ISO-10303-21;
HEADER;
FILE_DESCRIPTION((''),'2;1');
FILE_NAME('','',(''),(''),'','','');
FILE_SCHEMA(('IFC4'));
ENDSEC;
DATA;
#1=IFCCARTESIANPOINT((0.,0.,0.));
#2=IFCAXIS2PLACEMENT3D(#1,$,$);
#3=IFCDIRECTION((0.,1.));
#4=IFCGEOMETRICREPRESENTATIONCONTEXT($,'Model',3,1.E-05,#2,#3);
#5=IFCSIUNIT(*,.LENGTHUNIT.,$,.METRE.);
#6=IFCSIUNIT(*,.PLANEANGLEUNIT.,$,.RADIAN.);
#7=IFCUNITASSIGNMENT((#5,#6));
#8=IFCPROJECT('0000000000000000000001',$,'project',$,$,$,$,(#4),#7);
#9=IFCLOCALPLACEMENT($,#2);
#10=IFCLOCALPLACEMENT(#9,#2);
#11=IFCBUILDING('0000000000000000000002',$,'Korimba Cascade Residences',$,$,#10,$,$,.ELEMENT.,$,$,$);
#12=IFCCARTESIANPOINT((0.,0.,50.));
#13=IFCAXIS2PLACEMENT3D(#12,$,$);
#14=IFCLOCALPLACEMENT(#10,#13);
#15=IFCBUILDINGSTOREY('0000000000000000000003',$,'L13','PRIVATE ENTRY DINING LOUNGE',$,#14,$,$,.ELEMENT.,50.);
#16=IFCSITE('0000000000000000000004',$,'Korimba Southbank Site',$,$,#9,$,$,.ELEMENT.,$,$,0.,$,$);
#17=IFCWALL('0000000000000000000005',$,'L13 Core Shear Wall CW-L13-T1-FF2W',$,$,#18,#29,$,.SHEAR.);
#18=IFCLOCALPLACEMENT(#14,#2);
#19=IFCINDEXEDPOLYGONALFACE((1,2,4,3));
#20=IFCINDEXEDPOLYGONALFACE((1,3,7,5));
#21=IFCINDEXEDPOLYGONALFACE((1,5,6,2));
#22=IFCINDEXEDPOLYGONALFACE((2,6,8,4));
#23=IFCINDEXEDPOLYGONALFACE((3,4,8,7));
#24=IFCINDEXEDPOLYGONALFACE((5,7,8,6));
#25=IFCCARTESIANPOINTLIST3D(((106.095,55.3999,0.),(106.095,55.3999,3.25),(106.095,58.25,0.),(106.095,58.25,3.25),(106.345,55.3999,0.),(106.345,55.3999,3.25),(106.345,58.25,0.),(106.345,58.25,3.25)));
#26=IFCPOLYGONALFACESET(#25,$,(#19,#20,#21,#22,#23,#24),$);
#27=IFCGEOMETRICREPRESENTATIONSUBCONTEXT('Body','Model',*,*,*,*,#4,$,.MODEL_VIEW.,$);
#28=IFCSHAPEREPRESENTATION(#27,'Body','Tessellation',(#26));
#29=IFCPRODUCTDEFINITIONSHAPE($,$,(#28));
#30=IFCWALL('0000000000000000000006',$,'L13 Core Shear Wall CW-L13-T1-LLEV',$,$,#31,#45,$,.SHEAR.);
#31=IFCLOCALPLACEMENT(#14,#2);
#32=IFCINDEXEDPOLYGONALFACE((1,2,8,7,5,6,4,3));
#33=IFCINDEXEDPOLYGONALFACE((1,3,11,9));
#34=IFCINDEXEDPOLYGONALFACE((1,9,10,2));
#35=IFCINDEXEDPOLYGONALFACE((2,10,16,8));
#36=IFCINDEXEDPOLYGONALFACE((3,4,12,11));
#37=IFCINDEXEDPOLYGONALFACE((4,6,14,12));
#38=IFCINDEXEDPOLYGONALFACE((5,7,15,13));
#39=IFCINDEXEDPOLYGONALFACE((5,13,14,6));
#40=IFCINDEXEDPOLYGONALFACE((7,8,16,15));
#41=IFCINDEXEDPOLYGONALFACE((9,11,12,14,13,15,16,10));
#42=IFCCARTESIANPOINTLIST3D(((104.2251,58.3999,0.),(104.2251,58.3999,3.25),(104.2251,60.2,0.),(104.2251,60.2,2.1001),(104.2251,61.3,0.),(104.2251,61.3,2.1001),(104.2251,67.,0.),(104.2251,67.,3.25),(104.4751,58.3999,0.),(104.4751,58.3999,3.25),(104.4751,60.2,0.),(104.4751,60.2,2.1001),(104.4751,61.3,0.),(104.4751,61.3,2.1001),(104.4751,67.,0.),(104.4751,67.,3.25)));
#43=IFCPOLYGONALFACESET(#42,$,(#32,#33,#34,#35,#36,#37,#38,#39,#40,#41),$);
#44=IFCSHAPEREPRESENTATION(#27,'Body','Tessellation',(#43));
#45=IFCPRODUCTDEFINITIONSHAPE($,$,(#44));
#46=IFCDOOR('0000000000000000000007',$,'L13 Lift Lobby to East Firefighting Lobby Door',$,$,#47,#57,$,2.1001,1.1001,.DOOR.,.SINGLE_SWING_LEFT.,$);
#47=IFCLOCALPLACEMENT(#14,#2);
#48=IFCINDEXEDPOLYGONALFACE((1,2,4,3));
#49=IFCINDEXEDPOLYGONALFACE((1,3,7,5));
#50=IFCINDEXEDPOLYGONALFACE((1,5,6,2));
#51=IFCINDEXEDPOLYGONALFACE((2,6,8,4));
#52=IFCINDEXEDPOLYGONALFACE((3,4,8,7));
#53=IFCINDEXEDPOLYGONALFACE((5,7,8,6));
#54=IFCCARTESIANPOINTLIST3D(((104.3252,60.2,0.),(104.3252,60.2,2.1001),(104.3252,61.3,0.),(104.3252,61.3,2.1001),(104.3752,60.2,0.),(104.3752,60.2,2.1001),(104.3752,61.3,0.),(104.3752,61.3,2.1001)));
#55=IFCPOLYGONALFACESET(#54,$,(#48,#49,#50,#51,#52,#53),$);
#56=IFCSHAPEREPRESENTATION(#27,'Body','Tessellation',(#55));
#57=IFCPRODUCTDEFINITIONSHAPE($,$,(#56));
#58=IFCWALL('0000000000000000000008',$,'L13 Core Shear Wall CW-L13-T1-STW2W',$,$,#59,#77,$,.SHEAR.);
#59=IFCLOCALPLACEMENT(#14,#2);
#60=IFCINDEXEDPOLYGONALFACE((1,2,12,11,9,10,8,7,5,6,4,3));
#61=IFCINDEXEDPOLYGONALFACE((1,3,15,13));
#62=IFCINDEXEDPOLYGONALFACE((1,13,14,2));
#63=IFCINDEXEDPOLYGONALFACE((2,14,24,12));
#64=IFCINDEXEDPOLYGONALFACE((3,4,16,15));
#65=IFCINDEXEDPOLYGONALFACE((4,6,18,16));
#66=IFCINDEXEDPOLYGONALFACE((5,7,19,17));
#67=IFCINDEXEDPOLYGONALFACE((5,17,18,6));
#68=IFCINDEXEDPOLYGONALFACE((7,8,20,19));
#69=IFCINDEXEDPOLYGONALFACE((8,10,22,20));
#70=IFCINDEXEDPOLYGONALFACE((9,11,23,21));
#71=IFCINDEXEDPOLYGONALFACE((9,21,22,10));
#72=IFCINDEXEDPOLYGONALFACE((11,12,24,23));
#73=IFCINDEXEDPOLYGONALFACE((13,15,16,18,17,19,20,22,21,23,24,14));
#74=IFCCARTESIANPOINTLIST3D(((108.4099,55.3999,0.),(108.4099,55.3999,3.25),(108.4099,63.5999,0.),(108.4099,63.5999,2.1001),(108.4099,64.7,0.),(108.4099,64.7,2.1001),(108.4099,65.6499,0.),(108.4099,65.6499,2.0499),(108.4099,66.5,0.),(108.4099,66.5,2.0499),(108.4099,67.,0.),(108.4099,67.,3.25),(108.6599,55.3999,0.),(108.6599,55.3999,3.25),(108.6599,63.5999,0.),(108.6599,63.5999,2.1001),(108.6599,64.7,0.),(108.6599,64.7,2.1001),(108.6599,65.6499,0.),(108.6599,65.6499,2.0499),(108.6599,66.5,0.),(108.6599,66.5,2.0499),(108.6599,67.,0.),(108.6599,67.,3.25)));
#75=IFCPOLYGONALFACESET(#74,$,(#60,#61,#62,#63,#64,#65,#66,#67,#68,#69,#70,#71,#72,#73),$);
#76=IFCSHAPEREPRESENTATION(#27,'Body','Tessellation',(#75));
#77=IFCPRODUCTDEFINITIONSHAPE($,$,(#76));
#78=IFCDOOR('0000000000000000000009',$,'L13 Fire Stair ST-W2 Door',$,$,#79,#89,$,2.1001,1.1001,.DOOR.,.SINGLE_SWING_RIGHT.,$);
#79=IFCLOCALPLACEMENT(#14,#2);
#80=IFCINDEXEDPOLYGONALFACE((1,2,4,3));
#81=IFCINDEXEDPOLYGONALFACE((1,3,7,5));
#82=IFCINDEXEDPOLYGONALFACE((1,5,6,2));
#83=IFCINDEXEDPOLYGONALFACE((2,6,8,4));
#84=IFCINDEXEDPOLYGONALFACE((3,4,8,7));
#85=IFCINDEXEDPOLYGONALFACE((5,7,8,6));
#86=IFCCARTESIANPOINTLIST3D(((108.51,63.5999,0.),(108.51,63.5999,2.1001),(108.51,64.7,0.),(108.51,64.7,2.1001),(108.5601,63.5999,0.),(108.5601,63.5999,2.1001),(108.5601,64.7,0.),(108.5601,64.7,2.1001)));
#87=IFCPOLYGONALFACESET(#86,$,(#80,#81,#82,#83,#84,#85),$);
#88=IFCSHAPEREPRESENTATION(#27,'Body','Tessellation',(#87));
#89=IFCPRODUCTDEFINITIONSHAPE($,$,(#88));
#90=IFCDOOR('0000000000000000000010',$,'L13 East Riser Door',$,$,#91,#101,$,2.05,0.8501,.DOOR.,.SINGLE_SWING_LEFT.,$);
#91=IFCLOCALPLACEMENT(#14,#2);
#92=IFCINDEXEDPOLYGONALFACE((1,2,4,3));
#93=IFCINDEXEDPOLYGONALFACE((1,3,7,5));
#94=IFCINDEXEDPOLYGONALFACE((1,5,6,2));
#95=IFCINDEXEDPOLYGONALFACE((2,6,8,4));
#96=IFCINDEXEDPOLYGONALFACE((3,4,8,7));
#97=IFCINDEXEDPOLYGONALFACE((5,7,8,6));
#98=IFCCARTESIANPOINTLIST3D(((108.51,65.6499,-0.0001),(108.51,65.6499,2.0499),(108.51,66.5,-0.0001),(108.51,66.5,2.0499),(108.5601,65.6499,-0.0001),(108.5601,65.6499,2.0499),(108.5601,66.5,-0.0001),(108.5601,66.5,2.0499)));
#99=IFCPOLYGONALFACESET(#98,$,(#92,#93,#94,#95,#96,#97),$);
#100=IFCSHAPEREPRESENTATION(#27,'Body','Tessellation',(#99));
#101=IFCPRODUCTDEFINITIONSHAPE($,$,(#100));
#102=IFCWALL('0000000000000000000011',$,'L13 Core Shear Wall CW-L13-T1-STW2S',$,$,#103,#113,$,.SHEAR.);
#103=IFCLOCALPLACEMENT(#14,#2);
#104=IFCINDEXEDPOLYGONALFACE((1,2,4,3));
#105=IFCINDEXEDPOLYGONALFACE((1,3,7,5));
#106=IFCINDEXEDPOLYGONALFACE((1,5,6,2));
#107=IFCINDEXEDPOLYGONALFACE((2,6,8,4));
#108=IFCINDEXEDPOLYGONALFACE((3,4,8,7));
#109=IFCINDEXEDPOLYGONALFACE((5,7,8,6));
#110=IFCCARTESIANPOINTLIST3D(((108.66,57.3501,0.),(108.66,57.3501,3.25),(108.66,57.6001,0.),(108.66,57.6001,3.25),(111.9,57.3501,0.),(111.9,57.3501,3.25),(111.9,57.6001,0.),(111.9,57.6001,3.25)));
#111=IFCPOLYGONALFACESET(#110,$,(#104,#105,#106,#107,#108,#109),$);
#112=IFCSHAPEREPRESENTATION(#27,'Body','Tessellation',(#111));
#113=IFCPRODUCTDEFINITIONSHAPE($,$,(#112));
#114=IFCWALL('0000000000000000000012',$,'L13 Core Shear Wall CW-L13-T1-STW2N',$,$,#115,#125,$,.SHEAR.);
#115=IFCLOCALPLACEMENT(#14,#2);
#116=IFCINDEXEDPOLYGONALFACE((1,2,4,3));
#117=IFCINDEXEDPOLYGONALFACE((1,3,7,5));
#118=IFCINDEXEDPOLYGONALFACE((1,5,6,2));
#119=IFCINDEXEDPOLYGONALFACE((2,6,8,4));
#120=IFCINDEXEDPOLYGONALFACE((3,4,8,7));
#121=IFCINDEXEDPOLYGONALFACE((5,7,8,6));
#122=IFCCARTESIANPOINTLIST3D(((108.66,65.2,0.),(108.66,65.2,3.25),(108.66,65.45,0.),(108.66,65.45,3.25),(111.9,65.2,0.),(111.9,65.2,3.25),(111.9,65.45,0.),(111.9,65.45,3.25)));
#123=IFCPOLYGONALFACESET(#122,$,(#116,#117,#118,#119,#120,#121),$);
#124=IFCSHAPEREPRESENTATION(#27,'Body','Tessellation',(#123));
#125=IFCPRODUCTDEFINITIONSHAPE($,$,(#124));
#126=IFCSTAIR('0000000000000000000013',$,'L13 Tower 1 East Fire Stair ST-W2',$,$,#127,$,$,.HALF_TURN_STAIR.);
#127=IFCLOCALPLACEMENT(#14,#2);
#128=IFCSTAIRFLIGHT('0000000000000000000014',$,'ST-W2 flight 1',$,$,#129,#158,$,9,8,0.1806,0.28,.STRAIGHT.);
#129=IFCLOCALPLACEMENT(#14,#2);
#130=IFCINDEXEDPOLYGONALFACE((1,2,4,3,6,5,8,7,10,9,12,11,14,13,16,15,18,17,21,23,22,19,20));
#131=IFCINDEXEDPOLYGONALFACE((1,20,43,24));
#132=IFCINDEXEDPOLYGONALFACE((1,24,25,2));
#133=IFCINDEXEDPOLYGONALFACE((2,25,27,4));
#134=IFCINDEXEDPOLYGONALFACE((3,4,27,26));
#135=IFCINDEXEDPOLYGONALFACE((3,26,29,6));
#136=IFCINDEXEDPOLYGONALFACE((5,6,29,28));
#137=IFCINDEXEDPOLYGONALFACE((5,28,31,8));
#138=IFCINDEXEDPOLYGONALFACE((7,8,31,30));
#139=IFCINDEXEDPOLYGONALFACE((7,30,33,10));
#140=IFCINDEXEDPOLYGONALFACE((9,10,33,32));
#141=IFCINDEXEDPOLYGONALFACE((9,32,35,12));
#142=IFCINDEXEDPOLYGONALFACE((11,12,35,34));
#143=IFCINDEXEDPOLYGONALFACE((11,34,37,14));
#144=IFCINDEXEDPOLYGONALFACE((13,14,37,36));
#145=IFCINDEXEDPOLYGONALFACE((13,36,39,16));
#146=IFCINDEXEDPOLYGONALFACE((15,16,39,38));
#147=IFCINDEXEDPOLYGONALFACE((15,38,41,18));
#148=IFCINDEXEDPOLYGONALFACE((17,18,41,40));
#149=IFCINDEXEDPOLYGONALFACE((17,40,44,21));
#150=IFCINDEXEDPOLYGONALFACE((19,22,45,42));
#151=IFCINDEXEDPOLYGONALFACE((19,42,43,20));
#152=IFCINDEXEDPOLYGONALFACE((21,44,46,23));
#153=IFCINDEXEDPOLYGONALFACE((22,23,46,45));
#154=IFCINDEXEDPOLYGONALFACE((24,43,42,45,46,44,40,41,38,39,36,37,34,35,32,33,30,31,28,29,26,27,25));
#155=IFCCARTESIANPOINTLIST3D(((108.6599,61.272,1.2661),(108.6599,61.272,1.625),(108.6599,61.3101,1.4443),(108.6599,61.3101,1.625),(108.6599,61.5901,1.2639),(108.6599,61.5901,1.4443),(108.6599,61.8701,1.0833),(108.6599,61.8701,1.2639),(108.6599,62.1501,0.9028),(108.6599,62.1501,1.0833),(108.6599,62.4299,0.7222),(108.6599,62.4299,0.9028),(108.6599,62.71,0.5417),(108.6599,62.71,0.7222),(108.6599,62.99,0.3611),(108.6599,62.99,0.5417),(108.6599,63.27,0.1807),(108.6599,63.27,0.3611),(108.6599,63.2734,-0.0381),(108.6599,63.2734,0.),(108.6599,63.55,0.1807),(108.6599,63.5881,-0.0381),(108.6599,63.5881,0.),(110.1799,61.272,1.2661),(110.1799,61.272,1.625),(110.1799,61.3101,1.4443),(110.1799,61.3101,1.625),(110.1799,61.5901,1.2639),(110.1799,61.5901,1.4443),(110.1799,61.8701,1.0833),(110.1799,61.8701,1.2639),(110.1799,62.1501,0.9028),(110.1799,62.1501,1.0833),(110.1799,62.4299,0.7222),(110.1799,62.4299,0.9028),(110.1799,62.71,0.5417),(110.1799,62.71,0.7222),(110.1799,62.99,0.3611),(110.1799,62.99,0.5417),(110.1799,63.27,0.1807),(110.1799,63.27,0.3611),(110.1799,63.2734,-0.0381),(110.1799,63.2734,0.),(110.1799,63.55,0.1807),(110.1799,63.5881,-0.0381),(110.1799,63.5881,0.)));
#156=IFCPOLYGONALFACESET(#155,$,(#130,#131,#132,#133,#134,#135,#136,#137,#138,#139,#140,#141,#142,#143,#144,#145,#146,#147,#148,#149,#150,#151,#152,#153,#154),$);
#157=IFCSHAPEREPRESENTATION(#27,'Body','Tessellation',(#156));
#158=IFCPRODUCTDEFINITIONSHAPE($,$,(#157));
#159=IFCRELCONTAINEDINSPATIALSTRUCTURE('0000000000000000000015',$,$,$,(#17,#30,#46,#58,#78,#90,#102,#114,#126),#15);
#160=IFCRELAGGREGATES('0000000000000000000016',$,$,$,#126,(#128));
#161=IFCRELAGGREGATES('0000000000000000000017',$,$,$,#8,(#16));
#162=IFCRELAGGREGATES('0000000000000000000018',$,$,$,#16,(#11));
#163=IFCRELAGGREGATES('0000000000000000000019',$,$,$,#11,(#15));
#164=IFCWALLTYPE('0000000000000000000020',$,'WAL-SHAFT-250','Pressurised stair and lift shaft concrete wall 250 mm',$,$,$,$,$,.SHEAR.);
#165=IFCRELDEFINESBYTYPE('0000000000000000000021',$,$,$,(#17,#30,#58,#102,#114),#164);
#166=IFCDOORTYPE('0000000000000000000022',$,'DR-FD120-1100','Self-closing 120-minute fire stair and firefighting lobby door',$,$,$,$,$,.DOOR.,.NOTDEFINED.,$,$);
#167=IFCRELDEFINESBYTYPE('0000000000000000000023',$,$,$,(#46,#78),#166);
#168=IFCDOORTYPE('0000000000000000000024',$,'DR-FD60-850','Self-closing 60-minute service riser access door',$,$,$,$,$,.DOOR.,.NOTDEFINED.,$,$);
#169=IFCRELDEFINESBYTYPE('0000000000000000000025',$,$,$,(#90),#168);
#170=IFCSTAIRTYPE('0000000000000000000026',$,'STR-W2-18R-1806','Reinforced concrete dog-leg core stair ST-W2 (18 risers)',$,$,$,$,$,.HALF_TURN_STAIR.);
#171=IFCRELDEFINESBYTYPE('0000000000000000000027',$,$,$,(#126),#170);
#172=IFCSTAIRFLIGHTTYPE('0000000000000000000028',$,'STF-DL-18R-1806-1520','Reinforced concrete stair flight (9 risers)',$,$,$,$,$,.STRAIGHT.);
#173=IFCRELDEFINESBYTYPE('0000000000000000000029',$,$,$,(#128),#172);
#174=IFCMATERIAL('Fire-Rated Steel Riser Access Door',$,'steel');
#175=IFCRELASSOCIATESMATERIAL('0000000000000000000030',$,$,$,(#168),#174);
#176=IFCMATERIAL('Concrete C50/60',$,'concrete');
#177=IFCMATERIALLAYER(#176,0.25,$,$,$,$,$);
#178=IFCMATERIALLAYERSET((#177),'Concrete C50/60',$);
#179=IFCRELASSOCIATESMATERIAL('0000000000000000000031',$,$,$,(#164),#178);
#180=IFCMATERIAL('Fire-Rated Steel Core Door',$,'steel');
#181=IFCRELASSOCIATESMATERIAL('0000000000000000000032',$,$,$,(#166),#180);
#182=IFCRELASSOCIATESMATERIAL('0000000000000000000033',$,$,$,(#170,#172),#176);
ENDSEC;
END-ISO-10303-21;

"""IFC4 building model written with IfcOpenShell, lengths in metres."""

from ifc_helpers import new_model, si_unit, direction, frame, frame_2d, origin, place, context, subcontext, project, spatial, polyline, rectangle, outline, extrude, material, layer, layer_set, type_object, element, fill, aggregate, save


model = new_model("IFC4")

# Units and contexts
model_context = context("Model", 3, precision=1e-05, world=origin(), true_north=direction((0.0, 1.0)))
body_context = subcontext(model_context, "Body", "Model", "MODEL_VIEW")
ifc_project = project(units=[si_unit("LENGTHUNIT", "METRE"), si_unit("PLANEANGLEUNIT", "RADIAN")], contexts=[model_context])

# Site, building, storey
site_placement = place(None, origin())
site = spatial("IfcSite", under=ifc_project, at=site_placement, Name="Korimba Southbank Site", CompositionType="ELEMENT", RefElevation=0.0)
building_placement = place(site_placement, origin())
building = spatial("IfcBuilding", under=site, at=building_placement, Name="Korimba Cascade Residences", CompositionType="ELEMENT")
storey_placement = place(building_placement, frame((0.0, 0.0, 50.0)))
storey = spatial("IfcBuildingStorey", under=building, at=storey_placement, Name="L13", Description="PRIVATE ENTRY DINING LOUNGE", CompositionType="ELEMENT", Elevation=50.0)

# Shared definitions
ifc_material_1 = material(Name="Concrete C50/60", Category="concrete")

# Shared definitions
ifc_material_2 = material(Name="Fire-Rated Steel Riser Access Door", Category="steel")
door_type_1 = type_object("IfcDoorType", Name="DR-FD60-850", Description="Self-closing 60-minute service riser access door", OperationType="NOTDEFINED", PredefinedType="DOOR", material=ifc_material_2)

# Wall
ifc_layer_1 = layer(ifc_material_1, 0.25)
ifc_layer_set_1 = layer_set([ifc_layer_1], Name="Concrete C50/60")
wall_type_1 = type_object("IfcWallType", Name="WAL-SHAFT-250", Description="Pressurised stair and lift shaft concrete wall 250 mm", PredefinedType="SHEAR", material=ifc_layer_set_1)
wall_1_placement = place(storey_placement, frame((106.22, 55.3999, 0.0), z_axis=(0.0, 0.0, 1.0), x_axis=(0.0, 1.0, 0.0)))
element("IfcWall", 1, at=wall_1_placement, inside=storey, type_object=wall_type_1, Name="L13 Core Shear Wall CW-L13-T1-FF2W", PredefinedType="SHEAR", context=body_context, shape_type="SweptSolid", body=[
    extrude(rectangle(XDim=2.8501, YDim=0.25, at=frame_2d((1.425, 0.0))), origin(), (0.0, 0.0, 1.0), 3.25),
])

# Wall, opening, door
wall_2_placement = place(storey_placement, frame((104.3501, 58.3999, 0.0), z_axis=(0.0, 0.0, 1.0), x_axis=(0.0, 1.0, 0.0)))
wall_2 = element("IfcWall", 2, at=wall_2_placement, inside=storey, type_object=wall_type_1, Name="L13 Core Shear Wall CW-L13-T1-LLEV", PredefinedType="SHEAR", context=body_context, shape_type="SweptSolid", body=[
    extrude(rectangle(XDim=8.6001, YDim=0.25, at=frame_2d((4.3, 0.0))), origin(), (0.0, 0.0, 1.0), 3.25),
])
opening_1_placement = place(wall_2_placement, frame((1.8, 0.0, 0.0)))
opening_1 = element("IfcOpeningElement", 3, at=opening_1_placement, cuts=wall_2, PredefinedType="OPENING", context=body_context, shape_type="SweptSolid", body=[
    extrude(rectangle(XDim=1.1001, YDim=2.1001, at=frame_2d((0.55, 1.05))), frame((0.0, 0.135, 0.0), z_axis=(0.0, -1.0, 0.0), x_axis=(1.0, 0.0, 0.0)), (0.0, 0.0, 1.0), 0.27),
])
ifc_material_3 = material(Name="Fire-Rated Steel Core Door", Category="steel")
door_type_2 = type_object("IfcDoorType", Name="DR-FD120-1100", Description="Self-closing 120-minute fire stair and firefighting lobby door", OperationType="NOTDEFINED", PredefinedType="DOOR", material=ifc_material_3)
door_1_placement = place(opening_1_placement, origin())
door_1 = element("IfcDoor", 4, at=door_1_placement, inside=storey, type_object=door_type_2, Name="L13 Lift Lobby to East Firefighting Lobby Door", OperationType="SINGLE_SWING_LEFT", OverallHeight=2.1001, OverallWidth=1.1001, PredefinedType="DOOR", context=body_context, shape_type="SweptSolid", body=[
    extrude(rectangle(XDim=1.1001, YDim=2.1001, at=frame_2d((0.55, 1.05))), frame((0.0, 0.0249, 0.0), z_axis=(0.0, -1.0, 0.0), x_axis=(1.0, 0.0, 0.0)), (0.0, 0.0, 1.0), 0.05),
])
fill(opening_1, door_1)

# Wall, openings, doors
wall_3_placement = place(storey_placement, frame((108.5349, 55.3999, 0.0), z_axis=(0.0, 0.0, 1.0), x_axis=(0.0, 1.0, 0.0)))
wall_3 = element("IfcWall", 5, at=wall_3_placement, inside=storey, type_object=wall_type_1, Name="L13 Core Shear Wall CW-L13-T1-STW2W", PredefinedType="SHEAR", context=body_context, shape_type="SweptSolid", body=[
    extrude(rectangle(XDim=11.6001, YDim=0.25, at=frame_2d((5.8, 0.0))), origin(), (0.0, 0.0, 1.0), 3.25),
])
opening_2_placement = place(wall_3_placement, frame((8.2, 0.0, 0.0)))
opening_2 = element("IfcOpeningElement", 6, at=opening_2_placement, cuts=wall_3, PredefinedType="OPENING", context=body_context, shape_type="SweptSolid", body=[
    extrude(rectangle(XDim=1.1001, YDim=2.1001, at=frame_2d((0.55, 1.05))), frame((0.0, 0.135, 0.0), z_axis=(0.0, -1.0, 0.0), x_axis=(1.0, 0.0, 0.0)), (0.0, 0.0, 1.0), 0.27),
])
opening_3_placement = place(wall_3_placement, frame((10.25, 0.0, 0.0)))
opening_3 = element("IfcOpeningElement", 7, at=opening_3_placement, cuts=wall_3, PredefinedType="OPENING", context=body_context, shape_type="SweptSolid", body=[
    extrude(rectangle(XDim=0.8501, YDim=2.05, at=frame_2d((0.425, 1.0249))), frame((0.0, 0.135, 0.0), z_axis=(0.0, -1.0, 0.0), x_axis=(1.0, 0.0, 0.0)), (0.0, 0.0, 1.0), 0.27),
])
door_2_placement = place(opening_2_placement, origin())
door_2 = element("IfcDoor", 8, at=door_2_placement, inside=storey, type_object=door_type_2, Name="L13 Fire Stair ST-W2 Door", OperationType="SINGLE_SWING_RIGHT", OverallHeight=2.1001, OverallWidth=1.1001, PredefinedType="DOOR", context=body_context, shape_type="SweptSolid", body=[
    extrude(rectangle(XDim=1.1001, YDim=2.1001, at=frame_2d((0.55, 1.05))), frame((0.0, 0.0249, 0.0), z_axis=(0.0, -1.0, 0.0), x_axis=(1.0, 0.0, 0.0)), (0.0, 0.0, 1.0), 0.05),
])
fill(opening_2, door_2)
door_3_placement = place(opening_3_placement, origin())
door_3 = element("IfcDoor", 9, at=door_3_placement, inside=storey, type_object=door_type_1, Name="L13 East Riser Door", OperationType="SINGLE_SWING_LEFT", OverallHeight=2.05, OverallWidth=0.8501, PredefinedType="DOOR", context=body_context, shape_type="SweptSolid", body=[
    extrude(rectangle(XDim=0.8501, YDim=2.05, at=frame_2d((0.425, 1.0249))), frame((0.0, 0.0249, 0.0), z_axis=(0.0, -1.0, 0.0), x_axis=(1.0, 0.0, 0.0)), (0.0, 0.0, 1.0), 0.05),
])
fill(opening_3, door_3)

# Walls
for number, where, z_axis, x_axis, name in (
    (10, (108.6599, 57.4751, 0.0), (0.0, 0.0, 1.0), (1.0, 0.0, 0.0), "L13 Core Shear Wall CW-L13-T1-STW2S"),
    (11, (108.6599, 65.325, 0.0), (0.0, 0.0, 1.0), (1.0, 0.0, 0.0), "L13 Core Shear Wall CW-L13-T1-STW2N"),
):
    element("IfcWall", number, at=place(storey_placement, frame(where, z_axis=z_axis, x_axis=x_axis)), inside=storey, type_object=wall_type_1, Name=name, PredefinedType="SHEAR", context=body_context, shape_type="SweptSolid", body=[
        extrude(rectangle(XDim=3.24, YDim=0.25, at=frame_2d((1.6201, 0.0))), origin(), (0.0, 0.0, 1.0), 3.25),
    ])

# Stair, stair flight
stair_type = type_object("IfcStairType", Name="STR-W2-18R-1806", Description="Reinforced concrete dog-leg core stair ST-W2 (18 risers)", PredefinedType="HALF_TURN_STAIR", material=ifc_material_1)
stair_placement = place(storey_placement, origin())
stair = element("IfcStair", 12, at=stair_placement, inside=storey, type_object=stair_type, Name="L13 Tower 1 East Fire Stair ST-W2", PredefinedType="HALF_TURN_STAIR")
stair_flight_type = type_object("IfcStairFlightType", Name="STF-DL-18R-1806-1520", Description="Reinforced concrete stair flight (9 risers)", PredefinedType="STRAIGHT", material=ifc_material_1)
stair_flight_1_placement = place(storey_placement, frame((109.4199, 63.55, 0.0), z_axis=(0.0, 0.0, 1.0), x_axis=(0.0, -1.0, 0.0)))
stair_flight_1 = element("IfcStairFlight", 13, at=stair_flight_1_placement, type_object=stair_flight_type, Name="ST-W2 flight 1", NumberOfRisers=9, NumberOfTreads=8, PredefinedType="STRAIGHT", RiserHeight=0.1806, TreadLength=0.28, context=body_context, shape_type="SweptSolid", body=[
    extrude(outline(polyline([(-0.0381, 0.0), (0.0, 0.1807), (0.28, 0.1807), (0.28, 0.3611), (0.5601, 0.3611), (0.5601, 0.5417), (0.8401, 0.5417), (0.8401, 0.7222), (1.1201, 0.7222), (1.1201, 0.9028), (1.3999, 0.9028), (1.3999, 1.0833), (1.6799, 1.0833), (1.6799, 1.2639), (1.96, 1.2639), (1.96, 1.4443), (2.24, 1.4443), (2.24, 1.625), (2.2781, 1.625), (2.2781, 1.2661), (0.2766, 0.0), (0.2766, -0.0381), (-0.0381, -0.0381), (-0.0381, 0.0)])), frame((0.0, 0.76, 0.0), z_axis=(0.0, -1.0, 0.0), x_axis=(1.0, 0.0, 0.0)), (0.0, 0.0, 1.0), 1.52),
])
aggregate(stair, [stair_flight_1])

save(model, "model.ifc")
